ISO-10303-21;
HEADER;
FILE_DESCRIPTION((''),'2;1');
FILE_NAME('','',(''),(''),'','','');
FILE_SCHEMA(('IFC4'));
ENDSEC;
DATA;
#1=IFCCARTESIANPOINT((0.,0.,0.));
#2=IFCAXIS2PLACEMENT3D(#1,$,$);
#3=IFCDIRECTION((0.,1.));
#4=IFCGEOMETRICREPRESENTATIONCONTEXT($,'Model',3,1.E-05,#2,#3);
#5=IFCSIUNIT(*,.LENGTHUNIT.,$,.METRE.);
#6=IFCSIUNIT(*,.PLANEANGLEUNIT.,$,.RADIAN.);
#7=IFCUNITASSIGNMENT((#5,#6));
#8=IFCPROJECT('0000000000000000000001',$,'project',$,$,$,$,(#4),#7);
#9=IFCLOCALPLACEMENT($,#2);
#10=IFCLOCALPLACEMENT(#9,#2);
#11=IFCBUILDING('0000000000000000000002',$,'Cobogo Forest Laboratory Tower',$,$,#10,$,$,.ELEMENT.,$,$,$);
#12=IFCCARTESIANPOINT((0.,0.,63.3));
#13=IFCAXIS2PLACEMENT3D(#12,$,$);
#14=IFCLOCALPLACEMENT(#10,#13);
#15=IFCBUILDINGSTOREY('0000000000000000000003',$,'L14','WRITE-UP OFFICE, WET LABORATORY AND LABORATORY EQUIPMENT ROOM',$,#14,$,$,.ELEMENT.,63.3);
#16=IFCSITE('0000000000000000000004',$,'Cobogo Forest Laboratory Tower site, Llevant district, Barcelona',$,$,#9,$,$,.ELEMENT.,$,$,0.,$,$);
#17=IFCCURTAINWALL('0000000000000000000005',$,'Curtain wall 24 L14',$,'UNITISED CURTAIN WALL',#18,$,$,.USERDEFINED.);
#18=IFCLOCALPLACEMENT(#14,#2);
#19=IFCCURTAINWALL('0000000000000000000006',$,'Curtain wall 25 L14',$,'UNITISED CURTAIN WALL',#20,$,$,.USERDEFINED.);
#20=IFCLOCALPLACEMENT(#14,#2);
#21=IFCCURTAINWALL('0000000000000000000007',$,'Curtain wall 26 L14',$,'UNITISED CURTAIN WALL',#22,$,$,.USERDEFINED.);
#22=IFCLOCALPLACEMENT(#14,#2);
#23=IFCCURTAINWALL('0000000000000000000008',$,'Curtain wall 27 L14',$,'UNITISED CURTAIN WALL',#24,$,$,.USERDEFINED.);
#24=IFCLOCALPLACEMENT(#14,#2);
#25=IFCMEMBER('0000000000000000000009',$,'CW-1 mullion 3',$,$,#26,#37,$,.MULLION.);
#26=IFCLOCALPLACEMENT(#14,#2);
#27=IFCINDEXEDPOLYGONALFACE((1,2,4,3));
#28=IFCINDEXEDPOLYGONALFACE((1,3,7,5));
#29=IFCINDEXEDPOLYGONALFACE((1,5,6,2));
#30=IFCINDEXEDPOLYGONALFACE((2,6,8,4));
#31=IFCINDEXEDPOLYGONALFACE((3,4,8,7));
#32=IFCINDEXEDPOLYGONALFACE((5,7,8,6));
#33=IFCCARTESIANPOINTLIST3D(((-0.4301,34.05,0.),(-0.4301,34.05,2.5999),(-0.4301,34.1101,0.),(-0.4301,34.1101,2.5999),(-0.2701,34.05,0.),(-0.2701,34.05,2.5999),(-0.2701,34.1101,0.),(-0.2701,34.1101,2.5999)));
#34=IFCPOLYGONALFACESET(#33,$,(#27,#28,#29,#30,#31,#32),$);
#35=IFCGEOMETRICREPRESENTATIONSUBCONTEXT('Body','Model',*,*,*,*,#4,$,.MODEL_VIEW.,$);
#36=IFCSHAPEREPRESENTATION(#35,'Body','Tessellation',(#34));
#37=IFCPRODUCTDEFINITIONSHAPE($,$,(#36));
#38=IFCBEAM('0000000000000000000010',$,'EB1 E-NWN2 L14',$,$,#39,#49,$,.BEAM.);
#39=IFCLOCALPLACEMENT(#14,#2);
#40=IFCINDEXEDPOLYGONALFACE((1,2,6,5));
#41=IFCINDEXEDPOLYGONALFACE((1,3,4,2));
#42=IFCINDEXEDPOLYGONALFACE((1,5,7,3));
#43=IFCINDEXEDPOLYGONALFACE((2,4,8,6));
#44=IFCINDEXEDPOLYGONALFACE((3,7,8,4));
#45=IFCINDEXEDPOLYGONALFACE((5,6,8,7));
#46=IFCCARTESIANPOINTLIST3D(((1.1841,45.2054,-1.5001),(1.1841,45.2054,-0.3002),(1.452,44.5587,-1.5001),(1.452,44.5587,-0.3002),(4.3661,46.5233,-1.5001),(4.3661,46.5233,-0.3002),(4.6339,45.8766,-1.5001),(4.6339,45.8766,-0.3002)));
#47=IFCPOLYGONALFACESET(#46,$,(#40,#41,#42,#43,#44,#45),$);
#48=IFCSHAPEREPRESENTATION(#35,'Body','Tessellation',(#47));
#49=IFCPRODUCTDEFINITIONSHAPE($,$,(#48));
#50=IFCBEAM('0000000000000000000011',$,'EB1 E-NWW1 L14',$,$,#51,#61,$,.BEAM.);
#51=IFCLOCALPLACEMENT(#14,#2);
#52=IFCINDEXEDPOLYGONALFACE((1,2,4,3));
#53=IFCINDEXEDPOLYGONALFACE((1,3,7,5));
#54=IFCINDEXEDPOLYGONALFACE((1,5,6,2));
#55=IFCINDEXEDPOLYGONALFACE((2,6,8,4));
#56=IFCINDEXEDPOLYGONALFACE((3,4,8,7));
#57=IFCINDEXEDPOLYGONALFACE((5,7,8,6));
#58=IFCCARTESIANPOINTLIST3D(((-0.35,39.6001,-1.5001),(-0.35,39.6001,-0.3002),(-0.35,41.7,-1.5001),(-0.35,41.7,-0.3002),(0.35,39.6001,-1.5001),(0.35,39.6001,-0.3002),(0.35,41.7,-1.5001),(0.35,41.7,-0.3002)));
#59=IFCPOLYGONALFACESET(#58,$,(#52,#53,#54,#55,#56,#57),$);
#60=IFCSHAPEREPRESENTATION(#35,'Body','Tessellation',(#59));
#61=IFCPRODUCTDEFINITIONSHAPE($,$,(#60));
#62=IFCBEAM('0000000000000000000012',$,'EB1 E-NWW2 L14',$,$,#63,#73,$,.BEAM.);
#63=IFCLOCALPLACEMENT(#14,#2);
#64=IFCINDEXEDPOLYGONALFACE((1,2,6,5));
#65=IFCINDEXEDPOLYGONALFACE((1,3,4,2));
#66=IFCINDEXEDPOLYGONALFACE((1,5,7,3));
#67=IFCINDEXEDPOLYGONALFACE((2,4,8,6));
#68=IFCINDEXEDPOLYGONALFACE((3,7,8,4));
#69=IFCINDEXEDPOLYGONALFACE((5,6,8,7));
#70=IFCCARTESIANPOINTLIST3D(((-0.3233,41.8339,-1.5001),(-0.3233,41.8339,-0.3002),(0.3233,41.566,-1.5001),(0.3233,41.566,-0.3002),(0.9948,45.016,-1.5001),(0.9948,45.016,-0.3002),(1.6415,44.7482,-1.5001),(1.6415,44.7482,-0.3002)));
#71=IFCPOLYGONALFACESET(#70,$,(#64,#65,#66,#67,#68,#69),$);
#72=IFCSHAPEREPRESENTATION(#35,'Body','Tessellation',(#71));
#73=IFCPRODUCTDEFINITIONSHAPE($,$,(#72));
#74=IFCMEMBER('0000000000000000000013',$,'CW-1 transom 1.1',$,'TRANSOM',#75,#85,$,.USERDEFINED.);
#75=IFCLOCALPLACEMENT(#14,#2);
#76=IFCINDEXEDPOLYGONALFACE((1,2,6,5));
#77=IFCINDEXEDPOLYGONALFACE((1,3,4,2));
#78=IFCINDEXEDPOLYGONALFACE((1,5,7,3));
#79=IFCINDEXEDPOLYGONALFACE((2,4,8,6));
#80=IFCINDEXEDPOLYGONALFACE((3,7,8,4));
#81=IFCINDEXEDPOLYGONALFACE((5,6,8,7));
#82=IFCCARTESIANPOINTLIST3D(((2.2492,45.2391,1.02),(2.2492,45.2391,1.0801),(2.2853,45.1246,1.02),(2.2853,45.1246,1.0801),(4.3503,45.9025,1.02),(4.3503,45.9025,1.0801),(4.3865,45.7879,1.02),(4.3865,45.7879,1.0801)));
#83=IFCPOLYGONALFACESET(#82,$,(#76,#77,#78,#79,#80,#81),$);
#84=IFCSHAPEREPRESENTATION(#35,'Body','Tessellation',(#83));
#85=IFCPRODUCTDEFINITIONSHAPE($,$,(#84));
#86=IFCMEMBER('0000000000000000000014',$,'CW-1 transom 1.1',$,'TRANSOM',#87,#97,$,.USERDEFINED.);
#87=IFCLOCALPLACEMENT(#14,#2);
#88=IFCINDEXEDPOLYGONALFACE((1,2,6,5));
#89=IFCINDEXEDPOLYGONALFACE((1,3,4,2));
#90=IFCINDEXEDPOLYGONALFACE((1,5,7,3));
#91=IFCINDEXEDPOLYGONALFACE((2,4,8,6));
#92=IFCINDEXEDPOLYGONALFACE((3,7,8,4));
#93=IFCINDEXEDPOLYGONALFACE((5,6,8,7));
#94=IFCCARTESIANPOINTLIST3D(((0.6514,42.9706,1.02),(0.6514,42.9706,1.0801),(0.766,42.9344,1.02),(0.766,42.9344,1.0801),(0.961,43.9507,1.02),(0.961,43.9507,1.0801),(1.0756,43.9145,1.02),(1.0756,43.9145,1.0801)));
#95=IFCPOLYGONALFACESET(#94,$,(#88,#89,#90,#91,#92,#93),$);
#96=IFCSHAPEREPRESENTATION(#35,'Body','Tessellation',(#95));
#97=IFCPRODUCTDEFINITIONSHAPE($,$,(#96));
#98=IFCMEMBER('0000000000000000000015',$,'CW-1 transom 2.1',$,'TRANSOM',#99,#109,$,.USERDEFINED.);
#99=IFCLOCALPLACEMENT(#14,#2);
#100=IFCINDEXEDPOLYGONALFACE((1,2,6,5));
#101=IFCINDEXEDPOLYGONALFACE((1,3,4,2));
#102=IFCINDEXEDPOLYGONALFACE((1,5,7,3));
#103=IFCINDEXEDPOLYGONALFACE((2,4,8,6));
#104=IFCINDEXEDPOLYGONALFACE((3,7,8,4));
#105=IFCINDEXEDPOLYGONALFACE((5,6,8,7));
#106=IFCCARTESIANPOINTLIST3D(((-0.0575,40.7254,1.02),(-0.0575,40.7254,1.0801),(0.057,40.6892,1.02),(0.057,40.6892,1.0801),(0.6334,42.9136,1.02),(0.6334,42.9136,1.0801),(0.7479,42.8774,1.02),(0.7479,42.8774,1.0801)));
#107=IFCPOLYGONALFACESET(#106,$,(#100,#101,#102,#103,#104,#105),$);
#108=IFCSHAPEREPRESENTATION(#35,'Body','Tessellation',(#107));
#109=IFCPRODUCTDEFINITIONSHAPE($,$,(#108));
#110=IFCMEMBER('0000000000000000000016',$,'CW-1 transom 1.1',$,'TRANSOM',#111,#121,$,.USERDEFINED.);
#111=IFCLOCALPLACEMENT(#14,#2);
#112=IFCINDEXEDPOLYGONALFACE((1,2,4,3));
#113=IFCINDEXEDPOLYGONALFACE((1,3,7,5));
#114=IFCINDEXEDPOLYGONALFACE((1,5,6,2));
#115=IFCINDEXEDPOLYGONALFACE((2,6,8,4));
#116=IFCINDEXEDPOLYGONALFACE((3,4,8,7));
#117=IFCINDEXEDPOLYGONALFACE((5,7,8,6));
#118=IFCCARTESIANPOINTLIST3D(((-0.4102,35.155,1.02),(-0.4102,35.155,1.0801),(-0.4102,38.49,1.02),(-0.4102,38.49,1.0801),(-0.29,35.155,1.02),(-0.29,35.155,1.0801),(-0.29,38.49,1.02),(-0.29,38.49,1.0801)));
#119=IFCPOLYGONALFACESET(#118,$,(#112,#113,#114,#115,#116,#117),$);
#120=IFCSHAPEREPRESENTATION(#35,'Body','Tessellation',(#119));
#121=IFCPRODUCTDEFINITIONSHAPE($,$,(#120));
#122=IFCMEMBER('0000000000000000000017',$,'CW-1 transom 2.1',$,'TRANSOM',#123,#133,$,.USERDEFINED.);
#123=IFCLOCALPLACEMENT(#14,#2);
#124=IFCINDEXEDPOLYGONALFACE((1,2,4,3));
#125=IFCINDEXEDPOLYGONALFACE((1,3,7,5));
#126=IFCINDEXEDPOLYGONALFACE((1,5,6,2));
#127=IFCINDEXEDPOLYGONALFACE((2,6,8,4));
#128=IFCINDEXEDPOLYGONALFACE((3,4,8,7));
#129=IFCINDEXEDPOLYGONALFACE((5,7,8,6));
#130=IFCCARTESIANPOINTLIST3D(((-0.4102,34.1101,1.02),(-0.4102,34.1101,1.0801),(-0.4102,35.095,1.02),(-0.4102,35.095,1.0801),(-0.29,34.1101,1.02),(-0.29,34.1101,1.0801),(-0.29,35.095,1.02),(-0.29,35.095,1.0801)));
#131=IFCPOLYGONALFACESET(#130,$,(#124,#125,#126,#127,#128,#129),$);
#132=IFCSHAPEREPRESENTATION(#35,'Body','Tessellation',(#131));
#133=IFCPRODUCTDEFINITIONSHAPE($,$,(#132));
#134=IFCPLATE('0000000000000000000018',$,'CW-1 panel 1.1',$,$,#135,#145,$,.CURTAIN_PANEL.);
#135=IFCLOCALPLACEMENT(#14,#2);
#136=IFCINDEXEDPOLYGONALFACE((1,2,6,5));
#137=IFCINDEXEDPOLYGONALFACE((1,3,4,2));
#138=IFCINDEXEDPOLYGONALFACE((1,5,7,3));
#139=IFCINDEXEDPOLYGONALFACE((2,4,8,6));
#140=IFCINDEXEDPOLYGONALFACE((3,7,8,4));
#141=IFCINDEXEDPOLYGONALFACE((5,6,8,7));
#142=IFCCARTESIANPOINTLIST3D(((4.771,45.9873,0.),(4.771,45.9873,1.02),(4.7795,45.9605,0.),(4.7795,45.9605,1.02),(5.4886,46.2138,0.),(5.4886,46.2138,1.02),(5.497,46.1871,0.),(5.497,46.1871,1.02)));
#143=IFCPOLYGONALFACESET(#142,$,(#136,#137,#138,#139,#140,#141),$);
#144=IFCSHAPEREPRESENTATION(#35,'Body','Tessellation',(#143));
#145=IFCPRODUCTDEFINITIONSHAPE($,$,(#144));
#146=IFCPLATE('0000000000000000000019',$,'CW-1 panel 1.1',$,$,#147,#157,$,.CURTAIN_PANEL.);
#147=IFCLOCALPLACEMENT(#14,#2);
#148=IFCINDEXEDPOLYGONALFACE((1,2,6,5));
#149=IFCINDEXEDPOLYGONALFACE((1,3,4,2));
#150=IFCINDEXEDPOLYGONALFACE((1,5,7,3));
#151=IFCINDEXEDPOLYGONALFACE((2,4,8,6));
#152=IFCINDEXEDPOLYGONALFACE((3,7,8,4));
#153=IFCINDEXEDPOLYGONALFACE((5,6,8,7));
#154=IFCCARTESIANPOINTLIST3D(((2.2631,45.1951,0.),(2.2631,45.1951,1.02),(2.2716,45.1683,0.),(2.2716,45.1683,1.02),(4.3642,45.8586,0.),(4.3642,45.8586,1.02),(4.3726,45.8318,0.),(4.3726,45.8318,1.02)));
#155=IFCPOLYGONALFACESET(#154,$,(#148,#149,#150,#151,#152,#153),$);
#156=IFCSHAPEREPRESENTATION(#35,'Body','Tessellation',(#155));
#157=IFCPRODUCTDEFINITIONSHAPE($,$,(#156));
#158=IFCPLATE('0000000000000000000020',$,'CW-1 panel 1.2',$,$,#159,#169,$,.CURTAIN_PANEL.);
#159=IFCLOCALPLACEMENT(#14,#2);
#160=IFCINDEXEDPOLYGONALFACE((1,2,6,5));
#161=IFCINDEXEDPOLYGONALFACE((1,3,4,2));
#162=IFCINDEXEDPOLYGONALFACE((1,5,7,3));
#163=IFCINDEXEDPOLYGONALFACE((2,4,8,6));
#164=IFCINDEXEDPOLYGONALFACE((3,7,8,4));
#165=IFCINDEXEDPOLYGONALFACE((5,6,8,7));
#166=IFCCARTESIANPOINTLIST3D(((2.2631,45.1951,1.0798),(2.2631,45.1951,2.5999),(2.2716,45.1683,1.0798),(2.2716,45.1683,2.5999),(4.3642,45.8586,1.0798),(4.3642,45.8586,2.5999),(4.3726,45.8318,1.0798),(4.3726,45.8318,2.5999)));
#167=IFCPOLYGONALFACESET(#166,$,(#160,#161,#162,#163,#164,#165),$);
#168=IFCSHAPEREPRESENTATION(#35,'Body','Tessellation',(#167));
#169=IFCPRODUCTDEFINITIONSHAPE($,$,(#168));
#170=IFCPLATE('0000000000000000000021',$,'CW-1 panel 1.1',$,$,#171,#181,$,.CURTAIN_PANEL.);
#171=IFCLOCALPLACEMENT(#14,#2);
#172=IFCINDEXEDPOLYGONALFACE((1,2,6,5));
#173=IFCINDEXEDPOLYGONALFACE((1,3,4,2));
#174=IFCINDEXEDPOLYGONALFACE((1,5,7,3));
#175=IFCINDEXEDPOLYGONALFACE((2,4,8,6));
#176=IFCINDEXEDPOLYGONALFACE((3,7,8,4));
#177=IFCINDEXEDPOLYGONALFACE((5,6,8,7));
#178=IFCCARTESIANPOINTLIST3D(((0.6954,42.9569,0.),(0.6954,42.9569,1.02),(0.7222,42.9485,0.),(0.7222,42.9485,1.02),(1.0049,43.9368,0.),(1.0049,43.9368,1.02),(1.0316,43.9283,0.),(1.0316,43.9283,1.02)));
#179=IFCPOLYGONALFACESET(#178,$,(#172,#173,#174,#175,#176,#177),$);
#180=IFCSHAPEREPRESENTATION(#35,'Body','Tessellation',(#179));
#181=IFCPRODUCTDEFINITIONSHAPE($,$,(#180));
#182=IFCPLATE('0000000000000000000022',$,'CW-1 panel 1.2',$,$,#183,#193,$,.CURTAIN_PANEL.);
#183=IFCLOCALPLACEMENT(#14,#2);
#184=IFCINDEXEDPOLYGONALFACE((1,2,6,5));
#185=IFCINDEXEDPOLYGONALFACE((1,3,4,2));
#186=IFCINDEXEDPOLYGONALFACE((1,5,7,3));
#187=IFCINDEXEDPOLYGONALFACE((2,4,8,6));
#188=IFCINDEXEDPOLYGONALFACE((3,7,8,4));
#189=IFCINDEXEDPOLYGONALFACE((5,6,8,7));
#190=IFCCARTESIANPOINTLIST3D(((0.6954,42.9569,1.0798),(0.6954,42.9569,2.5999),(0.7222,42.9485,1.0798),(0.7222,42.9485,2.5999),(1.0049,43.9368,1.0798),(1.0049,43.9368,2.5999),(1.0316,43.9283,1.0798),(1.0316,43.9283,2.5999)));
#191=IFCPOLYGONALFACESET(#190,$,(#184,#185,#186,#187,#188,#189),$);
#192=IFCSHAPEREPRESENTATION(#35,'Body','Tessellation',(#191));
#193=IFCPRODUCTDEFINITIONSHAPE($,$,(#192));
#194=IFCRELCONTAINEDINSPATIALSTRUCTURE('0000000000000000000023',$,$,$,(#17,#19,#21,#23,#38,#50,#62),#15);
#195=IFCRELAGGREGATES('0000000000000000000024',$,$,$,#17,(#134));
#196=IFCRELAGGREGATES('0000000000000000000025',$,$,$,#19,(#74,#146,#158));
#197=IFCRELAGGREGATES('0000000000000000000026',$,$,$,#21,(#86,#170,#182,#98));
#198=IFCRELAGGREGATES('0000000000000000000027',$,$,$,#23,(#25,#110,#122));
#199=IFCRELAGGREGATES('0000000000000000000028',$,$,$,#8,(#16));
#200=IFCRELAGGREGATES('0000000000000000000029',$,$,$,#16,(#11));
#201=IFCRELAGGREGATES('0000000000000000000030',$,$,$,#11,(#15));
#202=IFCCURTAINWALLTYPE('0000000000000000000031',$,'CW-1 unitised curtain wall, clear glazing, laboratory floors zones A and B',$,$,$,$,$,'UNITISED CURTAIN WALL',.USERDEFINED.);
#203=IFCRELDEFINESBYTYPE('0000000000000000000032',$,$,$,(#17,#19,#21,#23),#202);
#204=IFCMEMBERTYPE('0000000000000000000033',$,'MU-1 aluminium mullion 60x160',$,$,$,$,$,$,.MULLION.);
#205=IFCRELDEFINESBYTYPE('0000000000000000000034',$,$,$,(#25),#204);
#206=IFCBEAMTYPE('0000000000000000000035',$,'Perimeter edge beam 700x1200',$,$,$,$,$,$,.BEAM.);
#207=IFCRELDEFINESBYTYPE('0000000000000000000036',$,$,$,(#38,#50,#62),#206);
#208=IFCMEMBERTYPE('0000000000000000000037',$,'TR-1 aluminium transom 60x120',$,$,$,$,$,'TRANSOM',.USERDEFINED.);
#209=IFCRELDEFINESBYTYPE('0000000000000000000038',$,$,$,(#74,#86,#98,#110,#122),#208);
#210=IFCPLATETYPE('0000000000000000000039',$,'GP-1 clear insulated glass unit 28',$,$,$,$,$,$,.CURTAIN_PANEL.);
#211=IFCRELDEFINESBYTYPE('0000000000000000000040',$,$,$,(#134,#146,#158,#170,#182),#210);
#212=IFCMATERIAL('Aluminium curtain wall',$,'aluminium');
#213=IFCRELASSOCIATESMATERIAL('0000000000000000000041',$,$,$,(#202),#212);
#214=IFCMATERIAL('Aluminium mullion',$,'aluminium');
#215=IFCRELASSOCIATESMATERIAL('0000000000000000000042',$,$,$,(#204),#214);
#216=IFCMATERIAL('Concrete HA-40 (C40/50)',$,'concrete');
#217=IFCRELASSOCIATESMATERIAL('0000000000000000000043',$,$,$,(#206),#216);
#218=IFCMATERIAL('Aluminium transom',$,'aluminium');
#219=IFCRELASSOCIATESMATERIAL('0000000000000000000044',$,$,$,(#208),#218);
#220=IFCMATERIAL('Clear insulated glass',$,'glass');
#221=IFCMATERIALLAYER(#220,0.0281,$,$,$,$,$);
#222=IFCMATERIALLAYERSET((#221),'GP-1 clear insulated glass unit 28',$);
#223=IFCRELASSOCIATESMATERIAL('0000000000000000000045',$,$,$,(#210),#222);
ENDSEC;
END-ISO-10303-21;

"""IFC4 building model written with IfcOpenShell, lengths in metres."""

from ifc_helpers import new_model, si_unit, direction, frame, origin, origin_2d, place, context, subcontext, project, spatial, rectangle, extrude, material, layer, layer_set, material_profile, profile_set, type_object, element, aggregate, save


model = new_model("IFC4")

# Units and contexts
model_context = context("Model", 3, precision=1e-05, world=origin(), true_north=direction((0.0, 1.0)))
body_context = subcontext(model_context, "Body", "Model", "MODEL_VIEW")
ifc_project = project(units=[si_unit("LENGTHUNIT", "METRE"), si_unit("PLANEANGLEUNIT", "RADIAN")], contexts=[model_context])

# Site, building, storey
site_placement = place(None, origin())
site = spatial("IfcSite", under=ifc_project, at=site_placement, Name="Cobogo Forest Laboratory Tower site, Llevant district, Barcelona", CompositionType="ELEMENT", RefElevation=0.0)
building_placement = place(site_placement, origin())
building = spatial("IfcBuilding", under=site, at=building_placement, Name="Cobogo Forest Laboratory Tower", CompositionType="ELEMENT")
storey_placement = place(building_placement, frame((0.0, 0.0, 63.3)))
storey = spatial("IfcBuildingStorey", under=building, at=storey_placement, Name="L14", Description="WRITE-UP OFFICE, WET LABORATORY AND LABORATORY EQUIPMENT ROOM", CompositionType="ELEMENT", Elevation=63.3)

# Curtain wall
ifc_material_1 = material(Name="Aluminium curtain wall", Category="aluminium")
curtain_wall_type = type_object("IfcCurtainWallType", Name="CW-1 unitised curtain wall, clear glazing, laboratory floors zones A and B", ElementType="UNITISED CURTAIN WALL", PredefinedType="USERDEFINED", material=ifc_material_1)
curtain_wall_1_placement = place(storey_placement, origin())
curtain_wall_1 = element("IfcCurtainWall", 1, at=curtain_wall_1_placement, inside=storey, type_object=curtain_wall_type, Name="Curtain wall 24 L14", ObjectType="UNITISED CURTAIN WALL", PredefinedType="USERDEFINED")
ifc_material_2 = material(Name="Aluminium mullion", Category="aluminium")
ifc_material_profile_1 = material_profile(ifc_material_2, rectangle(XDim=0.0601, YDim=0.1599, at=origin_2d()), Name="AL 60x160")
ifc_profile_set_1 = profile_set([ifc_material_profile_1], Name="Aluminium mullion")
member_type_1 = type_object("IfcMemberType", Name="MU-1 aluminium mullion 60x160", PredefinedType="MULLION", material=ifc_profile_set_1)

# Curtain walls, member
curtain_wall_2_placement = place(storey_placement, origin())
curtain_wall_2 = element("IfcCurtainWall", 2, at=curtain_wall_2_placement, inside=storey, type_object=curtain_wall_type, Name="Curtain wall 25 L14", ObjectType="UNITISED CURTAIN WALL", PredefinedType="USERDEFINED")
curtain_wall_3_placement = place(storey_placement, origin())
curtain_wall_3 = element("IfcCurtainWall", 3, at=curtain_wall_3_placement, inside=storey, type_object=curtain_wall_type, Name="Curtain wall 26 L14", ObjectType="UNITISED CURTAIN WALL", PredefinedType="USERDEFINED")
curtain_wall_4_placement = place(storey_placement, origin())
curtain_wall_4 = element("IfcCurtainWall", 4, at=curtain_wall_4_placement, inside=storey, type_object=curtain_wall_type, Name="Curtain wall 27 L14", ObjectType="UNITISED CURTAIN WALL", PredefinedType="USERDEFINED")
member_1_placement = place(storey_placement, frame((-0.3501, 34.0801, 0.0), z_axis=(0.0, 0.0, 1.0), x_axis=(0.0, -1.0, 0.0)))
member_1 = element("IfcMember", 5, at=member_1_placement, type_object=member_type_1, Name="CW-1 mullion 3", PredefinedType="MULLION", context=body_context, shape_type="SweptSolid", body=[
    extrude(rectangle(XDim=0.0601, YDim=0.1599, at=origin_2d()), origin(), (0.0, 0.0, 1.0), 2.5999),
])

# Beams
ifc_material_3 = material(Name="Concrete HA-40 (C40/50)", Category="concrete")
ifc_material_profile_2 = material_profile(ifc_material_3, rectangle(XDim=0.7, YDim=1.2, at=origin_2d()), Name="RC 700x1200")
ifc_profile_set_2 = profile_set([ifc_material_profile_2], Name="Concrete HA-40 (C40/50)")
beam_type_1 = type_object("IfcBeamType", Name="Perimeter edge beam 700x1200", PredefinedType="BEAM", material=ifc_profile_set_2)
beam_1_placement = place(storey_placement, frame((4.5, 46.2, -0.9001), z_axis=(-0.923891, -0.382656, 0.0), x_axis=(0.382656, -0.923891, 0.0)))
element("IfcBeam", 6, at=beam_1_placement, inside=storey, type_object=beam_type_1, Name="EB1 E-NWN2 L14", PredefinedType="BEAM", context=body_context, shape_type="SweptSolid", body=[
    extrude(rectangle(XDim=0.7, YDim=1.2, at=origin_2d()), origin(), (0.0, 0.0, 1.0), 3.4441),
])
beam_2_placement = place(storey_placement, frame((0.0, 39.6001, -0.9001), z_axis=(0.0, 1.0, 0.0), x_axis=(-1.0, 0.0, 0.0)))
element("IfcBeam", 7, at=beam_2_placement, inside=storey, type_object=beam_type_1, Name="EB1 E-NWW1 L14", PredefinedType="BEAM", context=body_context, shape_type="SweptSolid", body=[
    extrude(rectangle(XDim=0.7, YDim=1.2, at=origin_2d()), origin(), (0.0, 0.0, 1.0), 2.0999),
])
beam_3_placement = place(storey_placement, frame((0.0, 41.7, -0.9001), z_axis=(0.382692, 0.923876, 0.0), x_axis=(-0.923876, 0.382692, 0.0)))
element("IfcBeam", 8, at=beam_3_placement, inside=storey, type_object=beam_type_1, Name="EB1 E-NWW2 L14", PredefinedType="BEAM", context=body_context, shape_type="SweptSolid", body=[
    extrude(rectangle(XDim=0.7, YDim=1.2, at=origin_2d()), origin(), (0.0, 0.0, 1.0), 3.4443),
])

# Members
ifc_material_4 = material(Name="Aluminium transom", Category="aluminium")
ifc_material_profile_3 = material_profile(ifc_material_4, rectangle(XDim=0.1201, YDim=0.0601, at=origin_2d()), Name="AL 60x120")
ifc_profile_set_3 = profile_set([ifc_material_profile_3], Name="Aluminium transom")
member_type_2 = type_object("IfcMemberType", Name="TR-1 aluminium transom 60x120", ElementType="TRANSOM", PredefinedType="USERDEFINED", material=ifc_profile_set_3)
member_2_placement = place(storey_placement, frame((4.3684, 45.8452, 1.05), z_axis=(-0.953604, -0.301062, 0.0), x_axis=(0.301062, -0.953604, 0.0)))
member_2 = element("IfcMember", 9, at=member_2_placement, type_object=member_type_2, Name="CW-1 transom 1.1", ObjectType="TRANSOM", PredefinedType="USERDEFINED", context=body_context, shape_type="SweptSolid", body=[
    extrude(rectangle(XDim=0.1201, YDim=0.0601, at=origin_2d()), origin(), (0.0, 0.0, 1.0), 2.2034),
])
member_3_placement = place(storey_placement, frame((1.0183, 43.9326, 1.05), z_axis=(-0.301222, -0.953554, 0.0), x_axis=(0.953554, -0.301222, 0.0)))
member_3 = element("IfcMember", 10, at=member_3_placement, type_object=member_type_2, Name="CW-1 transom 1.1", ObjectType="TRANSOM", PredefinedType="USERDEFINED", context=body_context, shape_type="SweptSolid", body=[
    extrude(rectangle(XDim=0.1201, YDim=0.0601, at=origin_2d()), origin(), (0.0, 0.0, 1.0), 1.0278),
])
member_4_placement = place(storey_placement, frame((0.6907, 42.8955, 1.05), z_axis=(-0.301091, -0.953596, 0.0), x_axis=(0.953596, -0.301091, 0.0)))
member_4 = element("IfcMember", 11, at=member_4_placement, type_object=member_type_2, Name="CW-1 transom 2.1", ObjectType="TRANSOM", PredefinedType="USERDEFINED", context=body_context, shape_type="SweptSolid", body=[
    extrude(rectangle(XDim=0.1201, YDim=0.0601, at=origin_2d()), origin(), (0.0, 0.0, 1.0), 2.2947),
])
member_5_placement = place(storey_placement, frame((-0.3501, 38.49, 1.05), z_axis=(0.0, -1.0, 0.0), x_axis=(1.0, 0.0, 0.0)))
member_5 = element("IfcMember", 12, at=member_5_placement, type_object=member_type_2, Name="CW-1 transom 1.1", ObjectType="TRANSOM", PredefinedType="USERDEFINED", context=body_context, shape_type="SweptSolid", body=[
    extrude(rectangle(XDim=0.1201, YDim=0.0601, at=origin_2d()), origin(), (0.0, 0.0, 1.0), 3.335),
])
member_6_placement = place(storey_placement, frame((-0.3501, 35.095, 1.05), z_axis=(0.0, -1.0, 0.0), x_axis=(1.0, 0.0, 0.0)))
member_6 = element("IfcMember", 13, at=member_6_placement, type_object=member_type_2, Name="CW-1 transom 2.1", ObjectType="TRANSOM", PredefinedType="USERDEFINED", context=body_context, shape_type="SweptSolid", body=[
    extrude(rectangle(XDim=0.1201, YDim=0.0601, at=origin_2d()), origin(), (0.0, 0.0, 1.0), 0.9849),
])

# Plates
ifc_material_5 = material(Name="Clear insulated glass", Category="glass")
ifc_layer_1 = layer(ifc_material_5, 0.0281)
ifc_layer_set_1 = layer_set([ifc_layer_1], Name="GP-1 clear insulated glass unit 28")
plate_type_1 = type_object("IfcPlateType", Name="GP-1 clear insulated glass unit 28", PredefinedType="CURTAIN_PANEL", material=ifc_layer_set_1)
plate_1_placement = place(storey_placement, frame((5.134, 46.0872, 0.0), z_axis=(0.0, 0.0, 1.0), x_axis=(-0.953582, -0.301135, 0.0)))
plate_1 = element("IfcPlate", 14, at=plate_1_placement, type_object=plate_type_1, Name="CW-1 panel 1.1", PredefinedType="CURTAIN_PANEL", context=body_context, shape_type="SweptSolid", body=[
    extrude(rectangle(XDim=0.7524, YDim=0.0281, at=origin_2d()), origin(), (0.0, 0.0, 1.0), 1.02),
])
aggregate(curtain_wall_1, [plate_1])
plate_2_placement = place(storey_placement, frame((3.3179, 45.5134, 0.0), z_axis=(0.0, 0.0, 1.0), x_axis=(-0.953581, -0.301135, 0.0)))
plate_2 = element("IfcPlate", 15, at=plate_2_placement, type_object=plate_type_1, Name="CW-1 panel 1.1", PredefinedType="CURTAIN_PANEL", context=body_context, shape_type="SweptSolid", body=[
    extrude(rectangle(XDim=2.2034, YDim=0.0281, at=origin_2d()), origin(), (0.0, 0.0, 1.0), 1.02),
])
plate_3_placement = place(storey_placement, frame((3.3179, 45.5134, 1.0798), z_axis=(0.0, 0.0, 1.0), x_axis=(-0.953581, -0.301135, 0.0)))
plate_3 = element("IfcPlate", 16, at=plate_3_placement, type_object=plate_type_1, Name="CW-1 panel 1.2", PredefinedType="CURTAIN_PANEL", context=body_context, shape_type="SweptSolid", body=[
    extrude(rectangle(XDim=2.2034, YDim=0.0281, at=origin_2d()), origin(), (0.0, 0.0, 1.0), 1.52),
])
aggregate(curtain_wall_2, [member_2, plate_2, plate_3])
plate_4_placement = place(storey_placement, frame((0.8635, 43.4426, 0.0), z_axis=(0.0, 0.0, 1.0), x_axis=(-0.301135, -0.953581, 0.0)))
plate_4 = element("IfcPlate", 17, at=plate_4_placement, type_object=plate_type_1, Name="CW-1 panel 1.1", PredefinedType="CURTAIN_PANEL", context=body_context, shape_type="SweptSolid", body=[
    extrude(rectangle(XDim=1.0276, YDim=0.0281, at=origin_2d()), origin(), (0.0, 0.0, 1.0), 1.02),
])
plate_5_placement = place(storey_placement, frame((0.8635, 43.4426, 1.0798), z_axis=(0.0, 0.0, 1.0), x_axis=(-0.301135, -0.953581, 0.0)))
plate_5 = element("IfcPlate", 18, at=plate_5_placement, type_object=plate_type_1, Name="CW-1 panel 1.2", PredefinedType="CURTAIN_PANEL", context=body_context, shape_type="SweptSolid", body=[
    extrude(rectangle(XDim=1.0276, YDim=0.0281, at=origin_2d()), origin(), (0.0, 0.0, 1.0), 1.52),
])
aggregate(curtain_wall_3, [member_3, plate_4, plate_5, member_4])
aggregate(curtain_wall_4, [member_1, member_5, member_6])

save(model, "model.ifc")
